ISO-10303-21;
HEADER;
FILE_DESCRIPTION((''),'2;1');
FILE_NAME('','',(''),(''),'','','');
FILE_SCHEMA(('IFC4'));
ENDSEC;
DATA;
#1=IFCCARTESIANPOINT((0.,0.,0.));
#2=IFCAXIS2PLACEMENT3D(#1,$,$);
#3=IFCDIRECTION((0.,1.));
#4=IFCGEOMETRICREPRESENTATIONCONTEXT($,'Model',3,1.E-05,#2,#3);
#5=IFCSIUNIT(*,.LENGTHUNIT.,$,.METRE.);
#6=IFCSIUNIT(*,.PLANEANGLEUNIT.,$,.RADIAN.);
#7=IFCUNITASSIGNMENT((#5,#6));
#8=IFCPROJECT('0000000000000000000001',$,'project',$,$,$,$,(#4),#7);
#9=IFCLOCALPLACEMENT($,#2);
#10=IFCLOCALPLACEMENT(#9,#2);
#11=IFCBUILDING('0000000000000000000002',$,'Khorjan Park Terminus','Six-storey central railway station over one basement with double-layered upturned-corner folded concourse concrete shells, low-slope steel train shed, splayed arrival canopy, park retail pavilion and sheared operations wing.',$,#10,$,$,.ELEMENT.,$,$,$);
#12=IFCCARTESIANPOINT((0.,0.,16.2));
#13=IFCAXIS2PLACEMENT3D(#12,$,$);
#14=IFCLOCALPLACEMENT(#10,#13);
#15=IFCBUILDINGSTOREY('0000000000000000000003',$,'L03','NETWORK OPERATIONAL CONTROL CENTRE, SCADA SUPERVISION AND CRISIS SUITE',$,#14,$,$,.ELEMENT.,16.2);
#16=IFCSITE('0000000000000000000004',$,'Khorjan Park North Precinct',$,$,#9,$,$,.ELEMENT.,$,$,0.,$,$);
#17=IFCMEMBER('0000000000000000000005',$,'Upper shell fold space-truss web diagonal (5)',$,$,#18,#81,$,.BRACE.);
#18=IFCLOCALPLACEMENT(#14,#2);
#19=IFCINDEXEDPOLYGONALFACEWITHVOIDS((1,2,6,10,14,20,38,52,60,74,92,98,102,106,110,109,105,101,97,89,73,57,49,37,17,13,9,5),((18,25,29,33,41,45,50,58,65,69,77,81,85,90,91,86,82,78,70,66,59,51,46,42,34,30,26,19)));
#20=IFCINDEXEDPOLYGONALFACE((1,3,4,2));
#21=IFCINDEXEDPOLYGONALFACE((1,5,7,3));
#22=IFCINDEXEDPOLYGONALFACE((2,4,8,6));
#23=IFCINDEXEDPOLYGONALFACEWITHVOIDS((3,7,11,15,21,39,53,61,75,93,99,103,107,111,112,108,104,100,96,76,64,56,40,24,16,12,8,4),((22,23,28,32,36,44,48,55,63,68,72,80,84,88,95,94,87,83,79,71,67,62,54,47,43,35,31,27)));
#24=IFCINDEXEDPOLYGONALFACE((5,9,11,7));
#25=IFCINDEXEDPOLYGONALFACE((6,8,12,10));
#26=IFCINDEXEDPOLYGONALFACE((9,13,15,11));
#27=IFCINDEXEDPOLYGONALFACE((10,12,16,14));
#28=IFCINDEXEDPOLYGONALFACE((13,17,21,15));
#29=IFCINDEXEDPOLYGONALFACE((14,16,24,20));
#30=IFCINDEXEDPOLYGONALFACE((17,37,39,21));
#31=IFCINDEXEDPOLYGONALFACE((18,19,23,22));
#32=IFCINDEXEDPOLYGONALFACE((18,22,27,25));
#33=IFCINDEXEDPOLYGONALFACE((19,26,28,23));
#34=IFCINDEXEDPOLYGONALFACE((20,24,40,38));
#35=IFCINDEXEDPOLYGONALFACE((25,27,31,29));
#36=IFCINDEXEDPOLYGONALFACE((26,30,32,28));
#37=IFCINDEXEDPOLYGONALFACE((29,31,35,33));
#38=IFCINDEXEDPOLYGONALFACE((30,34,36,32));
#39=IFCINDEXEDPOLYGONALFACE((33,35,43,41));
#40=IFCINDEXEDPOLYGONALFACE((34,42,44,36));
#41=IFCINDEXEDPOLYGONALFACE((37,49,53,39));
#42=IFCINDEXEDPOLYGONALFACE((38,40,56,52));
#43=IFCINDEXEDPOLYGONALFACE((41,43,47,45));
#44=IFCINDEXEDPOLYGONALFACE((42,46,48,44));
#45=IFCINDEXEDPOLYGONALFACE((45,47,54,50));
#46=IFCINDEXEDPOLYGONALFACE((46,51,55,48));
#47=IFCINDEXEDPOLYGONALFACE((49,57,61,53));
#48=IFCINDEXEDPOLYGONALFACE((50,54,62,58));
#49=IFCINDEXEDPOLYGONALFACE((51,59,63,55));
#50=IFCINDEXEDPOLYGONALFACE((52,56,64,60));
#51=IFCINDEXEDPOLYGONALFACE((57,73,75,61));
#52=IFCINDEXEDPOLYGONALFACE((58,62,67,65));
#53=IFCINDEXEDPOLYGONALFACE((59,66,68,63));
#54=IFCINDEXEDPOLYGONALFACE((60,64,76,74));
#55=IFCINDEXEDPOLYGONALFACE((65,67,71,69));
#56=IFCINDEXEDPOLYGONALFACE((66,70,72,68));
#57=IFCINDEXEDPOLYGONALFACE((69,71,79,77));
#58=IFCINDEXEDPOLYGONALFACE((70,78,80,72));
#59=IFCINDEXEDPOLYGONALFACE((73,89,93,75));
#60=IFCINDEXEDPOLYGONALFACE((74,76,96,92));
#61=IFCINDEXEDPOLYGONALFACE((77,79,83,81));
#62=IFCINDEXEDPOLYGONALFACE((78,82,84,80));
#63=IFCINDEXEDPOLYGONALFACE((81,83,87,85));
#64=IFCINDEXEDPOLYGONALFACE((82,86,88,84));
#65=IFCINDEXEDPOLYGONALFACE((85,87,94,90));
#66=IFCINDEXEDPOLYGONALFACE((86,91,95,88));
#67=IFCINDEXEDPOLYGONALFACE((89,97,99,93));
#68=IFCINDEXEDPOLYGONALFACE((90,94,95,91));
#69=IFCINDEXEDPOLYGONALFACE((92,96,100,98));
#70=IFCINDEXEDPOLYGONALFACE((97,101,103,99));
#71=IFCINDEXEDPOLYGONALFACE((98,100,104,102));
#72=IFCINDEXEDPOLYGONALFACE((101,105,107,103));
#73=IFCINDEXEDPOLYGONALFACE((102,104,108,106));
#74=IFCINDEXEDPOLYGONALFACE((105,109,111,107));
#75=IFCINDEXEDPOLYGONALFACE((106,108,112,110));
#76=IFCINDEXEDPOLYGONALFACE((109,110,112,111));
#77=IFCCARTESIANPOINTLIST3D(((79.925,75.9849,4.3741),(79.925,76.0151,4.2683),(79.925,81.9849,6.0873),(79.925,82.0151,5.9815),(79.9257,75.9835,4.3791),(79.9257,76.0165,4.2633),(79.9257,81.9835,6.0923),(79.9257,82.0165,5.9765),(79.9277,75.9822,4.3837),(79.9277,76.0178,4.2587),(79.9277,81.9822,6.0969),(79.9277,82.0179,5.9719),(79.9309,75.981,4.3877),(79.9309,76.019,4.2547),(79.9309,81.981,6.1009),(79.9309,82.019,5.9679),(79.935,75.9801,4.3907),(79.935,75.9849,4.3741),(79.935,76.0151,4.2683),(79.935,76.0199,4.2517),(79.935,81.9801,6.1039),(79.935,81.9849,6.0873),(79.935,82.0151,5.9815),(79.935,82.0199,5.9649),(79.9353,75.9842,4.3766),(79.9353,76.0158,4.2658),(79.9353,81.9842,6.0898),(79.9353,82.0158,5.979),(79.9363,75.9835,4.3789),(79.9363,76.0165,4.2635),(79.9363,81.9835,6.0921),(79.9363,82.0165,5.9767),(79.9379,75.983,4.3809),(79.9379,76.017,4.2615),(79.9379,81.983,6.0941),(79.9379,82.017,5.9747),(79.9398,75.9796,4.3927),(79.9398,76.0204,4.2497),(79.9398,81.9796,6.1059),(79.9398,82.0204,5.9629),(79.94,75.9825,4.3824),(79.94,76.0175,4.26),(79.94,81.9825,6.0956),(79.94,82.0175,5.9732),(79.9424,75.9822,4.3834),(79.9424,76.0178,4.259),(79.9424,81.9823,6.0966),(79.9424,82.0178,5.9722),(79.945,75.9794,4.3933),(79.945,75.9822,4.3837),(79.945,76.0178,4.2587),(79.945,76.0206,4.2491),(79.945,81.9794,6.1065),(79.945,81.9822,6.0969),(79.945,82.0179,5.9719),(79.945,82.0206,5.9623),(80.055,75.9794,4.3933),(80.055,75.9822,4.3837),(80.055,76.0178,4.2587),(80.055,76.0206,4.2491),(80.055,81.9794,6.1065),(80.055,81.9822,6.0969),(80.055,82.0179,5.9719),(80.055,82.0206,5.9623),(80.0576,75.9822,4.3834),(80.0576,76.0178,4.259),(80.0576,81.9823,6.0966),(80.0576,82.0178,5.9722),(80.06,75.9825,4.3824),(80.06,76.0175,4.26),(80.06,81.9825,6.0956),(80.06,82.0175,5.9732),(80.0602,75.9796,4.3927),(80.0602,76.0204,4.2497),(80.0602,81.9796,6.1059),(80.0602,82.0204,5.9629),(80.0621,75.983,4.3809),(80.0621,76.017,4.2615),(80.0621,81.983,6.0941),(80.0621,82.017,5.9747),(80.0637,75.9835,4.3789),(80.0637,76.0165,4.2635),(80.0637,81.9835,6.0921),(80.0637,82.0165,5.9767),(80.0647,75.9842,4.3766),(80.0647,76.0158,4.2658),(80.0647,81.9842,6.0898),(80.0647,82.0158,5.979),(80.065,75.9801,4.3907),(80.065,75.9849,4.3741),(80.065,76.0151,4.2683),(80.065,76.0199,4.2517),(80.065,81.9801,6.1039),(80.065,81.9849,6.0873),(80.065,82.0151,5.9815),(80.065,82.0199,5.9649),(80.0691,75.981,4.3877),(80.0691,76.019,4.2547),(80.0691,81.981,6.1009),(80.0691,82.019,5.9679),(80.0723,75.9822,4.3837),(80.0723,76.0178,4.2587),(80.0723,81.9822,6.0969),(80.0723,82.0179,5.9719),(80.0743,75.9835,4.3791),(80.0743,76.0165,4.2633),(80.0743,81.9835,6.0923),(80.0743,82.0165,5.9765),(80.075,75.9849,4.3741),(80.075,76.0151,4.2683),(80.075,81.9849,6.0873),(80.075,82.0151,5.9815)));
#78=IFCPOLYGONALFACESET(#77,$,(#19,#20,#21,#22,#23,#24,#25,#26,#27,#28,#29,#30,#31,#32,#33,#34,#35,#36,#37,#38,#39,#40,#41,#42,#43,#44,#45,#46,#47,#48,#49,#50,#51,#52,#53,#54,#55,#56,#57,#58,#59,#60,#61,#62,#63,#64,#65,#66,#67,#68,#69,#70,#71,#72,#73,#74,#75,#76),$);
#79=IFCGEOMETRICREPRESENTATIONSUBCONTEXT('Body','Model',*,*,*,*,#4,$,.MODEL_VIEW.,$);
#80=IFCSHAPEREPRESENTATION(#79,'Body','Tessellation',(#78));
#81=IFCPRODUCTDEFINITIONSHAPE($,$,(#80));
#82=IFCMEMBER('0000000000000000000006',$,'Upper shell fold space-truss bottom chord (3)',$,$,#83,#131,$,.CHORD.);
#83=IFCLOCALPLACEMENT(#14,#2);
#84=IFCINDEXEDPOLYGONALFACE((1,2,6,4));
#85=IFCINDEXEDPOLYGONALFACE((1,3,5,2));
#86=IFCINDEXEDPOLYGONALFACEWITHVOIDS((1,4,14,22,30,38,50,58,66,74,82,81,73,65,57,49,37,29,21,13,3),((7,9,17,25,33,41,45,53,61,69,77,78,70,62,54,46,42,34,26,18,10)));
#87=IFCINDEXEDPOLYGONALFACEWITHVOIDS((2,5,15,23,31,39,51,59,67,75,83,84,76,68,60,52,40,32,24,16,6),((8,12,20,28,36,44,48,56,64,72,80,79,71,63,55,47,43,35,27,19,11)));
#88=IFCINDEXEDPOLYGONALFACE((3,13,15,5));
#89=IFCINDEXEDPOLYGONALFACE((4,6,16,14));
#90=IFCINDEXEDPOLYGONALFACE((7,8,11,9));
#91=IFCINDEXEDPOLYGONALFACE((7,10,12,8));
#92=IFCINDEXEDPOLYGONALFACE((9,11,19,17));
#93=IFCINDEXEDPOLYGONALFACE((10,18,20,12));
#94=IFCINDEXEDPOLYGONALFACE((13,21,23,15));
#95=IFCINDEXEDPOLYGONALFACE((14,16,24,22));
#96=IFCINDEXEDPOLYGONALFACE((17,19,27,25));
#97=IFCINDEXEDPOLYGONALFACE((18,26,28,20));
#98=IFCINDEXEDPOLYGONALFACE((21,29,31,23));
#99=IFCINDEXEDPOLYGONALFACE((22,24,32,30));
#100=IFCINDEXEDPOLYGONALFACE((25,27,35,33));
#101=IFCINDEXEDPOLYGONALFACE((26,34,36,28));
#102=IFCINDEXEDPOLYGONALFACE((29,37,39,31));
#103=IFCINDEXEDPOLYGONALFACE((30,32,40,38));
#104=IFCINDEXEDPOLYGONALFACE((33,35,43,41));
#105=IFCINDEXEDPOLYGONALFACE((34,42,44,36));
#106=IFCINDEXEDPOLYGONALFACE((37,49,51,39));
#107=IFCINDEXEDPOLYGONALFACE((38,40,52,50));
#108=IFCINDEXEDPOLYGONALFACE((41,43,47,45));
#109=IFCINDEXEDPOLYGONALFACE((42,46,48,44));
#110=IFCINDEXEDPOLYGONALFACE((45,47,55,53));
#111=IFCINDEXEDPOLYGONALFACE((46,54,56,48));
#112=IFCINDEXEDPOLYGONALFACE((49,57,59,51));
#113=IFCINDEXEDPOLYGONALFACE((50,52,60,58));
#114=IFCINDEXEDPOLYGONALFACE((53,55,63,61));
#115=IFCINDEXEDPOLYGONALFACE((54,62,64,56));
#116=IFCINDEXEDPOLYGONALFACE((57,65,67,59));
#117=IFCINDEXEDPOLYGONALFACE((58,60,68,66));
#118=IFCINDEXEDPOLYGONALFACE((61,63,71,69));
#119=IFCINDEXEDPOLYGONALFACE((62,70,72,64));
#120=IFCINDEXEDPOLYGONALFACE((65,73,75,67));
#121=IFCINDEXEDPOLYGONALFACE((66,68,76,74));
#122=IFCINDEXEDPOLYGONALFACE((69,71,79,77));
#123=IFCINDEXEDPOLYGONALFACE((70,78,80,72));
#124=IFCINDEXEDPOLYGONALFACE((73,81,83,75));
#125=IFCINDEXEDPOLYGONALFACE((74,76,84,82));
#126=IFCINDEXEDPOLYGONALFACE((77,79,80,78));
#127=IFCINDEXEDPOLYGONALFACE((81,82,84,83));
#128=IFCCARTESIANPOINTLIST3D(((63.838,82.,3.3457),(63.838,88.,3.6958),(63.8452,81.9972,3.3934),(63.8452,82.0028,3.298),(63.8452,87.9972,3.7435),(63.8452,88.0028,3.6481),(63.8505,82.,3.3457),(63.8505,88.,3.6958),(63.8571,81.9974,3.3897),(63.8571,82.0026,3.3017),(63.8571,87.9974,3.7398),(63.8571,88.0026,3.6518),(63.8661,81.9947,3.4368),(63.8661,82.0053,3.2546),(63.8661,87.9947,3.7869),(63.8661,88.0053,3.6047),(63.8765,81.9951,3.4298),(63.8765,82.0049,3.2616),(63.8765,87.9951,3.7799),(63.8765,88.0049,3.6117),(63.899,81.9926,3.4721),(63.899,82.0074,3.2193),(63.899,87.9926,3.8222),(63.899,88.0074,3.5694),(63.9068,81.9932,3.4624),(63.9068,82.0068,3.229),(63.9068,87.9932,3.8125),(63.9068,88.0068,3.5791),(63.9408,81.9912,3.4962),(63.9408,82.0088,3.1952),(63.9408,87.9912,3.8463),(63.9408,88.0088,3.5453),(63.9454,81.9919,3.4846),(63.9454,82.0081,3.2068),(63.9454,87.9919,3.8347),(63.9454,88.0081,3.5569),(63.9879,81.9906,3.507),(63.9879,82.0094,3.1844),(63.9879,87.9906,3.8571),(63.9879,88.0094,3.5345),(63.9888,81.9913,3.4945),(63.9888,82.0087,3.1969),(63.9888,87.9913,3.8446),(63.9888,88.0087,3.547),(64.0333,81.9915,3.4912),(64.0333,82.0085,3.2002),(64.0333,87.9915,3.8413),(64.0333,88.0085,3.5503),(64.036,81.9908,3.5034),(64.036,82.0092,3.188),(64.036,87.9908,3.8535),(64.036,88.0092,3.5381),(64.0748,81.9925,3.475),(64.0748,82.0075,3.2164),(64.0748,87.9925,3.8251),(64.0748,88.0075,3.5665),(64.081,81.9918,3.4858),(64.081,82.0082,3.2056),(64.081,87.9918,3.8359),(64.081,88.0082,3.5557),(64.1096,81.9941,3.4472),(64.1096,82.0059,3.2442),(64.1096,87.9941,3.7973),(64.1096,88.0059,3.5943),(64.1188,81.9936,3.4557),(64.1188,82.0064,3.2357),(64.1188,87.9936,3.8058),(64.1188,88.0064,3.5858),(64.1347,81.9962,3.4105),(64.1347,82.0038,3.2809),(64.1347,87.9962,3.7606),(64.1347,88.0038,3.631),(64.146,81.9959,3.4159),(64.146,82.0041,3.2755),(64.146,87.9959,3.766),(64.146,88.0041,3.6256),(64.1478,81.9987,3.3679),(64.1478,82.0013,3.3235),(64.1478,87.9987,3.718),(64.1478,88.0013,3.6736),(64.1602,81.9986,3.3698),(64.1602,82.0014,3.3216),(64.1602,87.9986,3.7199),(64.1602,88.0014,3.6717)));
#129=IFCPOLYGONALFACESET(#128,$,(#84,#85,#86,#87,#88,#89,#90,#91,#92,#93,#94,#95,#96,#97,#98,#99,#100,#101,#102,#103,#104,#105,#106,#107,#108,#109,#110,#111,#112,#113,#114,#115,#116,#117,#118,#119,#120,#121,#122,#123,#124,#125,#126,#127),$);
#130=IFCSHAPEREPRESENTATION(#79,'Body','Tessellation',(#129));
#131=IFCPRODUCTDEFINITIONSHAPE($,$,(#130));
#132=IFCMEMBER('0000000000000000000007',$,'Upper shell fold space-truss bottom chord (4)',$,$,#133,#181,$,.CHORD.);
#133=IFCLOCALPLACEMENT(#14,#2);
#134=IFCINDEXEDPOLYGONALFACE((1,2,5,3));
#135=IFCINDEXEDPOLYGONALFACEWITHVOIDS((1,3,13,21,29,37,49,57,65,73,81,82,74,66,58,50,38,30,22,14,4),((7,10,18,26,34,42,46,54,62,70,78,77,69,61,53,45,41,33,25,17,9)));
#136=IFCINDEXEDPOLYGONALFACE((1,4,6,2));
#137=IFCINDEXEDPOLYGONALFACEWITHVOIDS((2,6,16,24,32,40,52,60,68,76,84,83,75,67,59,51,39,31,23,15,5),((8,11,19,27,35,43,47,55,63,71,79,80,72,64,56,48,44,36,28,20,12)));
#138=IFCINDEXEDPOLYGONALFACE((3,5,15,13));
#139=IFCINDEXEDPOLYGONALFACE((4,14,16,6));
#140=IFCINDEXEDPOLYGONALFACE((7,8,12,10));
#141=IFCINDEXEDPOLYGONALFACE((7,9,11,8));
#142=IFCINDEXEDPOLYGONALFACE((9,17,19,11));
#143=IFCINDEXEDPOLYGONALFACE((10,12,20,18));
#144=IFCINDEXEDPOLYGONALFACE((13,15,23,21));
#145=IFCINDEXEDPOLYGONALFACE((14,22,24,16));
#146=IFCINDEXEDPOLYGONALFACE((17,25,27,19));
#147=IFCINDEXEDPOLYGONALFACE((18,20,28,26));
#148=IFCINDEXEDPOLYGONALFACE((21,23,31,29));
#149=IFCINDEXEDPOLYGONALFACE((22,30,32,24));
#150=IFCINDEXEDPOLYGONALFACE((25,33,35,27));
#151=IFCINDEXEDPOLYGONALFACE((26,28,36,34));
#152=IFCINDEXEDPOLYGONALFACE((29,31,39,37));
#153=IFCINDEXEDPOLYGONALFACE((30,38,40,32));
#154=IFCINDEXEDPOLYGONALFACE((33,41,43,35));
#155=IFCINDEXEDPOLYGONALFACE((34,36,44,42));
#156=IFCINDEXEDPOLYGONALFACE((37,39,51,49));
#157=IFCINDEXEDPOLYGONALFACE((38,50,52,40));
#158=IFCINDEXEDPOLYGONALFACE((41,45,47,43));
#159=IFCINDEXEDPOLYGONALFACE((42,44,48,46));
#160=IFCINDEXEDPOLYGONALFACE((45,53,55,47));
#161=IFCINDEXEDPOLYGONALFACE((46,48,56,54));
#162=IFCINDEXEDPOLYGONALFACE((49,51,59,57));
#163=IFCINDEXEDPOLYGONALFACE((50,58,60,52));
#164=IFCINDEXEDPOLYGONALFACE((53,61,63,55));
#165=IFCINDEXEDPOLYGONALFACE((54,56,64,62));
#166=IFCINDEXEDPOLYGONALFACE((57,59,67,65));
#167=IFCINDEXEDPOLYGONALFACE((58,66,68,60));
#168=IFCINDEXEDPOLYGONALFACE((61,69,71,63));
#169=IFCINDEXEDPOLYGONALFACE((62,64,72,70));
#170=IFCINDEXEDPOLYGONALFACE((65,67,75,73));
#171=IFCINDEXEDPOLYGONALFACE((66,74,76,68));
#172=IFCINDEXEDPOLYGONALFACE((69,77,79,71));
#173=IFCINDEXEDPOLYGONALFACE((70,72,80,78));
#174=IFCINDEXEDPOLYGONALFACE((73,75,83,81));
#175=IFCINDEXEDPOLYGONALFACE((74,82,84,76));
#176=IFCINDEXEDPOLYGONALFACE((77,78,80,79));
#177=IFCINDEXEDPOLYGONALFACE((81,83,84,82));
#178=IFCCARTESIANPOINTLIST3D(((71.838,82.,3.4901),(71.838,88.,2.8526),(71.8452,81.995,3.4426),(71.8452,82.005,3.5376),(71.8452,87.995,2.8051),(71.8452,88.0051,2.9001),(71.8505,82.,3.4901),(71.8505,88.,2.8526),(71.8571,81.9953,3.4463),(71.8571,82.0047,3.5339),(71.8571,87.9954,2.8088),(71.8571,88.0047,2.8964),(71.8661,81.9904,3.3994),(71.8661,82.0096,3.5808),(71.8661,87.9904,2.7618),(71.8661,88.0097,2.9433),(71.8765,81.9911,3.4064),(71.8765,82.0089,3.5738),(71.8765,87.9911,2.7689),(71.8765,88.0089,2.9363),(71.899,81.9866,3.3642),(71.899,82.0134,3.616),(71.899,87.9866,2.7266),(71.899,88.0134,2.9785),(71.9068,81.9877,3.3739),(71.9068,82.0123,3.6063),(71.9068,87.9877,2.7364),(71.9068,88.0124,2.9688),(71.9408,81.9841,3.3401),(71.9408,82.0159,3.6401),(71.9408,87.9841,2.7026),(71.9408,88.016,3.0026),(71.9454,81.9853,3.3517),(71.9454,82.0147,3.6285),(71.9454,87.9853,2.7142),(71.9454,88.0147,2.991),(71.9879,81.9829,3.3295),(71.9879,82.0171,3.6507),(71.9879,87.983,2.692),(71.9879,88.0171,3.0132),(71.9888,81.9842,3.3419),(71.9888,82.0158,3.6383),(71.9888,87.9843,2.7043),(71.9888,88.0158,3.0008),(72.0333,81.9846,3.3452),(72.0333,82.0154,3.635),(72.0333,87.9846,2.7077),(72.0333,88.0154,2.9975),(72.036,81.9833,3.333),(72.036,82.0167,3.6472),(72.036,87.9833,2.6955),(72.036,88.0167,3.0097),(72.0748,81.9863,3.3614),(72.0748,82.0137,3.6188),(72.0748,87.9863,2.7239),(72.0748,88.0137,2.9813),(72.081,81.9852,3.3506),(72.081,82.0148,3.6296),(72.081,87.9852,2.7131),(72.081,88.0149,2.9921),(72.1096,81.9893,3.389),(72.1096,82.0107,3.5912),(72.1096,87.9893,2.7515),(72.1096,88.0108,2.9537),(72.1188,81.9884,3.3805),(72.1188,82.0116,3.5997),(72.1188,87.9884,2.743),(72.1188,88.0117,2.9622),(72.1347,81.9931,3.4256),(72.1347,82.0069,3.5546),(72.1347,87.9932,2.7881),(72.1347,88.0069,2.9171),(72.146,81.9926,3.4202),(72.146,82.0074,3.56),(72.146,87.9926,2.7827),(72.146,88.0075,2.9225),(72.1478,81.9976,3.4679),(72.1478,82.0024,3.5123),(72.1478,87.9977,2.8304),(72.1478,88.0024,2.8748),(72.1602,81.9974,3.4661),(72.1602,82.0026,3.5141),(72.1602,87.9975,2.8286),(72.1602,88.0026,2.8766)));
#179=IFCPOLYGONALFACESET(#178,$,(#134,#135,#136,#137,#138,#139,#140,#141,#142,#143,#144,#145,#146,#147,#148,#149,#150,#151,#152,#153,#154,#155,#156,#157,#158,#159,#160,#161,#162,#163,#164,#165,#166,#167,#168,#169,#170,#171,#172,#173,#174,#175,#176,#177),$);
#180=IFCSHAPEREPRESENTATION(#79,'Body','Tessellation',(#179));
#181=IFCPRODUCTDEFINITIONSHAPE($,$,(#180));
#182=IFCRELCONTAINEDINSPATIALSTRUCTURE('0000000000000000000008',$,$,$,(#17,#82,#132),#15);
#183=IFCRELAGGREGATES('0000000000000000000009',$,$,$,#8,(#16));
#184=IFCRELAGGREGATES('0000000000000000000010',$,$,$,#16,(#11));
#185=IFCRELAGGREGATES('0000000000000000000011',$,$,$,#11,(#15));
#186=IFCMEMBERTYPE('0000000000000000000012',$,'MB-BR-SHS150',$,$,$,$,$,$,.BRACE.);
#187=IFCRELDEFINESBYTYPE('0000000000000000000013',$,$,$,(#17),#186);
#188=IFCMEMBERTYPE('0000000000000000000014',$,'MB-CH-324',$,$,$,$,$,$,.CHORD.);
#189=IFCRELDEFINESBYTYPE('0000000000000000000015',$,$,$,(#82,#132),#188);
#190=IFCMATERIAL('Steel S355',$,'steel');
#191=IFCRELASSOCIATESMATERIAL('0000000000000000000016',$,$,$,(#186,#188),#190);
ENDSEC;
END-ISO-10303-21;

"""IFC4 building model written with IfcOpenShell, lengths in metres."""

from ifc_helpers import new_model, si_unit, direction, frame, origin, origin_2d, place, context, subcontext, project, spatial, hollow_rectangle, hollow_circle, extrude, material, material_profile, profile_set, type_object, element, save


model = new_model("IFC4")

# Units and contexts
model_context = context("Model", 3, precision=1e-05, world=origin(), true_north=direction((0.0, 1.0)))
body_context = subcontext(model_context, "Body", "Model", "MODEL_VIEW")
ifc_project = project(units=[si_unit("LENGTHUNIT", "METRE"), si_unit("PLANEANGLEUNIT", "RADIAN")], contexts=[model_context])

# Site, building, storey
site_placement = place(None, origin())
site = spatial("IfcSite", under=ifc_project, at=site_placement, Name="Khorjan Park North Precinct", CompositionType="ELEMENT", RefElevation=0.0)
building_placement = place(site_placement, origin())
building = spatial("IfcBuilding", under=site, at=building_placement, Name="Khorjan Park Terminus", Description="Six-storey central railway station over one basement with double-layered upturned-corner folded concourse concrete shells, low-slope steel train shed, splayed arrival canopy, park retail pavilion and sheared operations wing.", CompositionType="ELEMENT")
storey_placement = place(building_placement, frame((0.0, 0.0, 16.2)))
storey = spatial("IfcBuildingStorey", under=building, at=storey_placement, Name="L03", Description="NETWORK OPERATIONAL CONTROL CENTRE, SCADA SUPERVISION AND CRISIS SUITE", CompositionType="ELEMENT", Elevation=16.2)

# Members
ifc_material_1 = material(Name="Steel S355", Category="steel")
ifc_material_profile_1 = material_profile(ifc_material_1, hollow_rectangle(XDim=0.15, YDim=0.15, WallThickness=0.01, InnerFilletRadius=0.01, OuterFilletRadius=0.02, at=origin_2d()), Name="SHS 150x150x10")
ifc_profile_set_1 = profile_set([ifc_material_profile_1], Name="Steel S355")
member_type_1 = type_object("IfcMemberType", Name="MB-BR-SHS150", PredefinedType="BRACE", material=ifc_profile_set_1)
member_1_placement = place(storey_placement, frame((80.0, 76.0, 4.3212), z_axis=(0.0, 0.96157, 0.27456), x_axis=(-1.0, 0.0, 0.0)))
element("IfcMember", 1, at=member_1_placement, inside=storey, type_object=member_type_1, Name="Upper shell fold space-truss web diagonal (5)", PredefinedType="BRACE", context=body_context, shape_type="SweptSolid", body=[
    extrude(hollow_rectangle(XDim=0.15, YDim=0.15, WallThickness=0.01, InnerFilletRadius=0.01, OuterFilletRadius=0.02, at=origin_2d()), origin(), (0.0, 0.0, 1.0), 6.2398),
])
ifc_material_profile_2 = material_profile(ifc_material_1, hollow_circle(Radius=0.162, WallThickness=0.0125, at=origin_2d()), Name="CHS 323.9x12.5")
ifc_profile_set_2 = profile_set([ifc_material_profile_2], Name="Steel S355")
member_type_2 = type_object("IfcMemberType", Name="MB-CH-324", PredefinedType="CHORD", material=ifc_profile_set_2)
member_2_placement = place(storey_placement, frame((64.0, 82.0, 3.3457), z_axis=(0.0, 0.998302, 0.058251), x_axis=(-1.0, 0.0, 0.0)))
element("IfcMember", 2, at=member_2_placement, inside=storey, type_object=member_type_2, Name="Upper shell fold space-truss bottom chord (3)", PredefinedType="CHORD", context=body_context, shape_type="SweptSolid", body=[
    extrude(hollow_circle(Radius=0.162, WallThickness=0.0125, at=origin_2d()), origin(), (0.0, 0.0, 1.0), 6.0102),
])
member_3_placement = place(storey_placement, frame((72.0, 82.0, 3.4901), z_axis=(0.0, 0.994403, -0.105655), x_axis=(-1.0, 0.0, 0.0)))
element("IfcMember", 3, at=member_3_placement, inside=storey, type_object=member_type_2, Name="Upper shell fold space-truss bottom chord (4)", PredefinedType="CHORD", context=body_context, shape_type="SweptSolid", body=[
    extrude(hollow_circle(Radius=0.162, WallThickness=0.0125, at=origin_2d()), origin(), (0.0, 0.0, 1.0), 6.0338),
])

save(model, "model.ifc")
